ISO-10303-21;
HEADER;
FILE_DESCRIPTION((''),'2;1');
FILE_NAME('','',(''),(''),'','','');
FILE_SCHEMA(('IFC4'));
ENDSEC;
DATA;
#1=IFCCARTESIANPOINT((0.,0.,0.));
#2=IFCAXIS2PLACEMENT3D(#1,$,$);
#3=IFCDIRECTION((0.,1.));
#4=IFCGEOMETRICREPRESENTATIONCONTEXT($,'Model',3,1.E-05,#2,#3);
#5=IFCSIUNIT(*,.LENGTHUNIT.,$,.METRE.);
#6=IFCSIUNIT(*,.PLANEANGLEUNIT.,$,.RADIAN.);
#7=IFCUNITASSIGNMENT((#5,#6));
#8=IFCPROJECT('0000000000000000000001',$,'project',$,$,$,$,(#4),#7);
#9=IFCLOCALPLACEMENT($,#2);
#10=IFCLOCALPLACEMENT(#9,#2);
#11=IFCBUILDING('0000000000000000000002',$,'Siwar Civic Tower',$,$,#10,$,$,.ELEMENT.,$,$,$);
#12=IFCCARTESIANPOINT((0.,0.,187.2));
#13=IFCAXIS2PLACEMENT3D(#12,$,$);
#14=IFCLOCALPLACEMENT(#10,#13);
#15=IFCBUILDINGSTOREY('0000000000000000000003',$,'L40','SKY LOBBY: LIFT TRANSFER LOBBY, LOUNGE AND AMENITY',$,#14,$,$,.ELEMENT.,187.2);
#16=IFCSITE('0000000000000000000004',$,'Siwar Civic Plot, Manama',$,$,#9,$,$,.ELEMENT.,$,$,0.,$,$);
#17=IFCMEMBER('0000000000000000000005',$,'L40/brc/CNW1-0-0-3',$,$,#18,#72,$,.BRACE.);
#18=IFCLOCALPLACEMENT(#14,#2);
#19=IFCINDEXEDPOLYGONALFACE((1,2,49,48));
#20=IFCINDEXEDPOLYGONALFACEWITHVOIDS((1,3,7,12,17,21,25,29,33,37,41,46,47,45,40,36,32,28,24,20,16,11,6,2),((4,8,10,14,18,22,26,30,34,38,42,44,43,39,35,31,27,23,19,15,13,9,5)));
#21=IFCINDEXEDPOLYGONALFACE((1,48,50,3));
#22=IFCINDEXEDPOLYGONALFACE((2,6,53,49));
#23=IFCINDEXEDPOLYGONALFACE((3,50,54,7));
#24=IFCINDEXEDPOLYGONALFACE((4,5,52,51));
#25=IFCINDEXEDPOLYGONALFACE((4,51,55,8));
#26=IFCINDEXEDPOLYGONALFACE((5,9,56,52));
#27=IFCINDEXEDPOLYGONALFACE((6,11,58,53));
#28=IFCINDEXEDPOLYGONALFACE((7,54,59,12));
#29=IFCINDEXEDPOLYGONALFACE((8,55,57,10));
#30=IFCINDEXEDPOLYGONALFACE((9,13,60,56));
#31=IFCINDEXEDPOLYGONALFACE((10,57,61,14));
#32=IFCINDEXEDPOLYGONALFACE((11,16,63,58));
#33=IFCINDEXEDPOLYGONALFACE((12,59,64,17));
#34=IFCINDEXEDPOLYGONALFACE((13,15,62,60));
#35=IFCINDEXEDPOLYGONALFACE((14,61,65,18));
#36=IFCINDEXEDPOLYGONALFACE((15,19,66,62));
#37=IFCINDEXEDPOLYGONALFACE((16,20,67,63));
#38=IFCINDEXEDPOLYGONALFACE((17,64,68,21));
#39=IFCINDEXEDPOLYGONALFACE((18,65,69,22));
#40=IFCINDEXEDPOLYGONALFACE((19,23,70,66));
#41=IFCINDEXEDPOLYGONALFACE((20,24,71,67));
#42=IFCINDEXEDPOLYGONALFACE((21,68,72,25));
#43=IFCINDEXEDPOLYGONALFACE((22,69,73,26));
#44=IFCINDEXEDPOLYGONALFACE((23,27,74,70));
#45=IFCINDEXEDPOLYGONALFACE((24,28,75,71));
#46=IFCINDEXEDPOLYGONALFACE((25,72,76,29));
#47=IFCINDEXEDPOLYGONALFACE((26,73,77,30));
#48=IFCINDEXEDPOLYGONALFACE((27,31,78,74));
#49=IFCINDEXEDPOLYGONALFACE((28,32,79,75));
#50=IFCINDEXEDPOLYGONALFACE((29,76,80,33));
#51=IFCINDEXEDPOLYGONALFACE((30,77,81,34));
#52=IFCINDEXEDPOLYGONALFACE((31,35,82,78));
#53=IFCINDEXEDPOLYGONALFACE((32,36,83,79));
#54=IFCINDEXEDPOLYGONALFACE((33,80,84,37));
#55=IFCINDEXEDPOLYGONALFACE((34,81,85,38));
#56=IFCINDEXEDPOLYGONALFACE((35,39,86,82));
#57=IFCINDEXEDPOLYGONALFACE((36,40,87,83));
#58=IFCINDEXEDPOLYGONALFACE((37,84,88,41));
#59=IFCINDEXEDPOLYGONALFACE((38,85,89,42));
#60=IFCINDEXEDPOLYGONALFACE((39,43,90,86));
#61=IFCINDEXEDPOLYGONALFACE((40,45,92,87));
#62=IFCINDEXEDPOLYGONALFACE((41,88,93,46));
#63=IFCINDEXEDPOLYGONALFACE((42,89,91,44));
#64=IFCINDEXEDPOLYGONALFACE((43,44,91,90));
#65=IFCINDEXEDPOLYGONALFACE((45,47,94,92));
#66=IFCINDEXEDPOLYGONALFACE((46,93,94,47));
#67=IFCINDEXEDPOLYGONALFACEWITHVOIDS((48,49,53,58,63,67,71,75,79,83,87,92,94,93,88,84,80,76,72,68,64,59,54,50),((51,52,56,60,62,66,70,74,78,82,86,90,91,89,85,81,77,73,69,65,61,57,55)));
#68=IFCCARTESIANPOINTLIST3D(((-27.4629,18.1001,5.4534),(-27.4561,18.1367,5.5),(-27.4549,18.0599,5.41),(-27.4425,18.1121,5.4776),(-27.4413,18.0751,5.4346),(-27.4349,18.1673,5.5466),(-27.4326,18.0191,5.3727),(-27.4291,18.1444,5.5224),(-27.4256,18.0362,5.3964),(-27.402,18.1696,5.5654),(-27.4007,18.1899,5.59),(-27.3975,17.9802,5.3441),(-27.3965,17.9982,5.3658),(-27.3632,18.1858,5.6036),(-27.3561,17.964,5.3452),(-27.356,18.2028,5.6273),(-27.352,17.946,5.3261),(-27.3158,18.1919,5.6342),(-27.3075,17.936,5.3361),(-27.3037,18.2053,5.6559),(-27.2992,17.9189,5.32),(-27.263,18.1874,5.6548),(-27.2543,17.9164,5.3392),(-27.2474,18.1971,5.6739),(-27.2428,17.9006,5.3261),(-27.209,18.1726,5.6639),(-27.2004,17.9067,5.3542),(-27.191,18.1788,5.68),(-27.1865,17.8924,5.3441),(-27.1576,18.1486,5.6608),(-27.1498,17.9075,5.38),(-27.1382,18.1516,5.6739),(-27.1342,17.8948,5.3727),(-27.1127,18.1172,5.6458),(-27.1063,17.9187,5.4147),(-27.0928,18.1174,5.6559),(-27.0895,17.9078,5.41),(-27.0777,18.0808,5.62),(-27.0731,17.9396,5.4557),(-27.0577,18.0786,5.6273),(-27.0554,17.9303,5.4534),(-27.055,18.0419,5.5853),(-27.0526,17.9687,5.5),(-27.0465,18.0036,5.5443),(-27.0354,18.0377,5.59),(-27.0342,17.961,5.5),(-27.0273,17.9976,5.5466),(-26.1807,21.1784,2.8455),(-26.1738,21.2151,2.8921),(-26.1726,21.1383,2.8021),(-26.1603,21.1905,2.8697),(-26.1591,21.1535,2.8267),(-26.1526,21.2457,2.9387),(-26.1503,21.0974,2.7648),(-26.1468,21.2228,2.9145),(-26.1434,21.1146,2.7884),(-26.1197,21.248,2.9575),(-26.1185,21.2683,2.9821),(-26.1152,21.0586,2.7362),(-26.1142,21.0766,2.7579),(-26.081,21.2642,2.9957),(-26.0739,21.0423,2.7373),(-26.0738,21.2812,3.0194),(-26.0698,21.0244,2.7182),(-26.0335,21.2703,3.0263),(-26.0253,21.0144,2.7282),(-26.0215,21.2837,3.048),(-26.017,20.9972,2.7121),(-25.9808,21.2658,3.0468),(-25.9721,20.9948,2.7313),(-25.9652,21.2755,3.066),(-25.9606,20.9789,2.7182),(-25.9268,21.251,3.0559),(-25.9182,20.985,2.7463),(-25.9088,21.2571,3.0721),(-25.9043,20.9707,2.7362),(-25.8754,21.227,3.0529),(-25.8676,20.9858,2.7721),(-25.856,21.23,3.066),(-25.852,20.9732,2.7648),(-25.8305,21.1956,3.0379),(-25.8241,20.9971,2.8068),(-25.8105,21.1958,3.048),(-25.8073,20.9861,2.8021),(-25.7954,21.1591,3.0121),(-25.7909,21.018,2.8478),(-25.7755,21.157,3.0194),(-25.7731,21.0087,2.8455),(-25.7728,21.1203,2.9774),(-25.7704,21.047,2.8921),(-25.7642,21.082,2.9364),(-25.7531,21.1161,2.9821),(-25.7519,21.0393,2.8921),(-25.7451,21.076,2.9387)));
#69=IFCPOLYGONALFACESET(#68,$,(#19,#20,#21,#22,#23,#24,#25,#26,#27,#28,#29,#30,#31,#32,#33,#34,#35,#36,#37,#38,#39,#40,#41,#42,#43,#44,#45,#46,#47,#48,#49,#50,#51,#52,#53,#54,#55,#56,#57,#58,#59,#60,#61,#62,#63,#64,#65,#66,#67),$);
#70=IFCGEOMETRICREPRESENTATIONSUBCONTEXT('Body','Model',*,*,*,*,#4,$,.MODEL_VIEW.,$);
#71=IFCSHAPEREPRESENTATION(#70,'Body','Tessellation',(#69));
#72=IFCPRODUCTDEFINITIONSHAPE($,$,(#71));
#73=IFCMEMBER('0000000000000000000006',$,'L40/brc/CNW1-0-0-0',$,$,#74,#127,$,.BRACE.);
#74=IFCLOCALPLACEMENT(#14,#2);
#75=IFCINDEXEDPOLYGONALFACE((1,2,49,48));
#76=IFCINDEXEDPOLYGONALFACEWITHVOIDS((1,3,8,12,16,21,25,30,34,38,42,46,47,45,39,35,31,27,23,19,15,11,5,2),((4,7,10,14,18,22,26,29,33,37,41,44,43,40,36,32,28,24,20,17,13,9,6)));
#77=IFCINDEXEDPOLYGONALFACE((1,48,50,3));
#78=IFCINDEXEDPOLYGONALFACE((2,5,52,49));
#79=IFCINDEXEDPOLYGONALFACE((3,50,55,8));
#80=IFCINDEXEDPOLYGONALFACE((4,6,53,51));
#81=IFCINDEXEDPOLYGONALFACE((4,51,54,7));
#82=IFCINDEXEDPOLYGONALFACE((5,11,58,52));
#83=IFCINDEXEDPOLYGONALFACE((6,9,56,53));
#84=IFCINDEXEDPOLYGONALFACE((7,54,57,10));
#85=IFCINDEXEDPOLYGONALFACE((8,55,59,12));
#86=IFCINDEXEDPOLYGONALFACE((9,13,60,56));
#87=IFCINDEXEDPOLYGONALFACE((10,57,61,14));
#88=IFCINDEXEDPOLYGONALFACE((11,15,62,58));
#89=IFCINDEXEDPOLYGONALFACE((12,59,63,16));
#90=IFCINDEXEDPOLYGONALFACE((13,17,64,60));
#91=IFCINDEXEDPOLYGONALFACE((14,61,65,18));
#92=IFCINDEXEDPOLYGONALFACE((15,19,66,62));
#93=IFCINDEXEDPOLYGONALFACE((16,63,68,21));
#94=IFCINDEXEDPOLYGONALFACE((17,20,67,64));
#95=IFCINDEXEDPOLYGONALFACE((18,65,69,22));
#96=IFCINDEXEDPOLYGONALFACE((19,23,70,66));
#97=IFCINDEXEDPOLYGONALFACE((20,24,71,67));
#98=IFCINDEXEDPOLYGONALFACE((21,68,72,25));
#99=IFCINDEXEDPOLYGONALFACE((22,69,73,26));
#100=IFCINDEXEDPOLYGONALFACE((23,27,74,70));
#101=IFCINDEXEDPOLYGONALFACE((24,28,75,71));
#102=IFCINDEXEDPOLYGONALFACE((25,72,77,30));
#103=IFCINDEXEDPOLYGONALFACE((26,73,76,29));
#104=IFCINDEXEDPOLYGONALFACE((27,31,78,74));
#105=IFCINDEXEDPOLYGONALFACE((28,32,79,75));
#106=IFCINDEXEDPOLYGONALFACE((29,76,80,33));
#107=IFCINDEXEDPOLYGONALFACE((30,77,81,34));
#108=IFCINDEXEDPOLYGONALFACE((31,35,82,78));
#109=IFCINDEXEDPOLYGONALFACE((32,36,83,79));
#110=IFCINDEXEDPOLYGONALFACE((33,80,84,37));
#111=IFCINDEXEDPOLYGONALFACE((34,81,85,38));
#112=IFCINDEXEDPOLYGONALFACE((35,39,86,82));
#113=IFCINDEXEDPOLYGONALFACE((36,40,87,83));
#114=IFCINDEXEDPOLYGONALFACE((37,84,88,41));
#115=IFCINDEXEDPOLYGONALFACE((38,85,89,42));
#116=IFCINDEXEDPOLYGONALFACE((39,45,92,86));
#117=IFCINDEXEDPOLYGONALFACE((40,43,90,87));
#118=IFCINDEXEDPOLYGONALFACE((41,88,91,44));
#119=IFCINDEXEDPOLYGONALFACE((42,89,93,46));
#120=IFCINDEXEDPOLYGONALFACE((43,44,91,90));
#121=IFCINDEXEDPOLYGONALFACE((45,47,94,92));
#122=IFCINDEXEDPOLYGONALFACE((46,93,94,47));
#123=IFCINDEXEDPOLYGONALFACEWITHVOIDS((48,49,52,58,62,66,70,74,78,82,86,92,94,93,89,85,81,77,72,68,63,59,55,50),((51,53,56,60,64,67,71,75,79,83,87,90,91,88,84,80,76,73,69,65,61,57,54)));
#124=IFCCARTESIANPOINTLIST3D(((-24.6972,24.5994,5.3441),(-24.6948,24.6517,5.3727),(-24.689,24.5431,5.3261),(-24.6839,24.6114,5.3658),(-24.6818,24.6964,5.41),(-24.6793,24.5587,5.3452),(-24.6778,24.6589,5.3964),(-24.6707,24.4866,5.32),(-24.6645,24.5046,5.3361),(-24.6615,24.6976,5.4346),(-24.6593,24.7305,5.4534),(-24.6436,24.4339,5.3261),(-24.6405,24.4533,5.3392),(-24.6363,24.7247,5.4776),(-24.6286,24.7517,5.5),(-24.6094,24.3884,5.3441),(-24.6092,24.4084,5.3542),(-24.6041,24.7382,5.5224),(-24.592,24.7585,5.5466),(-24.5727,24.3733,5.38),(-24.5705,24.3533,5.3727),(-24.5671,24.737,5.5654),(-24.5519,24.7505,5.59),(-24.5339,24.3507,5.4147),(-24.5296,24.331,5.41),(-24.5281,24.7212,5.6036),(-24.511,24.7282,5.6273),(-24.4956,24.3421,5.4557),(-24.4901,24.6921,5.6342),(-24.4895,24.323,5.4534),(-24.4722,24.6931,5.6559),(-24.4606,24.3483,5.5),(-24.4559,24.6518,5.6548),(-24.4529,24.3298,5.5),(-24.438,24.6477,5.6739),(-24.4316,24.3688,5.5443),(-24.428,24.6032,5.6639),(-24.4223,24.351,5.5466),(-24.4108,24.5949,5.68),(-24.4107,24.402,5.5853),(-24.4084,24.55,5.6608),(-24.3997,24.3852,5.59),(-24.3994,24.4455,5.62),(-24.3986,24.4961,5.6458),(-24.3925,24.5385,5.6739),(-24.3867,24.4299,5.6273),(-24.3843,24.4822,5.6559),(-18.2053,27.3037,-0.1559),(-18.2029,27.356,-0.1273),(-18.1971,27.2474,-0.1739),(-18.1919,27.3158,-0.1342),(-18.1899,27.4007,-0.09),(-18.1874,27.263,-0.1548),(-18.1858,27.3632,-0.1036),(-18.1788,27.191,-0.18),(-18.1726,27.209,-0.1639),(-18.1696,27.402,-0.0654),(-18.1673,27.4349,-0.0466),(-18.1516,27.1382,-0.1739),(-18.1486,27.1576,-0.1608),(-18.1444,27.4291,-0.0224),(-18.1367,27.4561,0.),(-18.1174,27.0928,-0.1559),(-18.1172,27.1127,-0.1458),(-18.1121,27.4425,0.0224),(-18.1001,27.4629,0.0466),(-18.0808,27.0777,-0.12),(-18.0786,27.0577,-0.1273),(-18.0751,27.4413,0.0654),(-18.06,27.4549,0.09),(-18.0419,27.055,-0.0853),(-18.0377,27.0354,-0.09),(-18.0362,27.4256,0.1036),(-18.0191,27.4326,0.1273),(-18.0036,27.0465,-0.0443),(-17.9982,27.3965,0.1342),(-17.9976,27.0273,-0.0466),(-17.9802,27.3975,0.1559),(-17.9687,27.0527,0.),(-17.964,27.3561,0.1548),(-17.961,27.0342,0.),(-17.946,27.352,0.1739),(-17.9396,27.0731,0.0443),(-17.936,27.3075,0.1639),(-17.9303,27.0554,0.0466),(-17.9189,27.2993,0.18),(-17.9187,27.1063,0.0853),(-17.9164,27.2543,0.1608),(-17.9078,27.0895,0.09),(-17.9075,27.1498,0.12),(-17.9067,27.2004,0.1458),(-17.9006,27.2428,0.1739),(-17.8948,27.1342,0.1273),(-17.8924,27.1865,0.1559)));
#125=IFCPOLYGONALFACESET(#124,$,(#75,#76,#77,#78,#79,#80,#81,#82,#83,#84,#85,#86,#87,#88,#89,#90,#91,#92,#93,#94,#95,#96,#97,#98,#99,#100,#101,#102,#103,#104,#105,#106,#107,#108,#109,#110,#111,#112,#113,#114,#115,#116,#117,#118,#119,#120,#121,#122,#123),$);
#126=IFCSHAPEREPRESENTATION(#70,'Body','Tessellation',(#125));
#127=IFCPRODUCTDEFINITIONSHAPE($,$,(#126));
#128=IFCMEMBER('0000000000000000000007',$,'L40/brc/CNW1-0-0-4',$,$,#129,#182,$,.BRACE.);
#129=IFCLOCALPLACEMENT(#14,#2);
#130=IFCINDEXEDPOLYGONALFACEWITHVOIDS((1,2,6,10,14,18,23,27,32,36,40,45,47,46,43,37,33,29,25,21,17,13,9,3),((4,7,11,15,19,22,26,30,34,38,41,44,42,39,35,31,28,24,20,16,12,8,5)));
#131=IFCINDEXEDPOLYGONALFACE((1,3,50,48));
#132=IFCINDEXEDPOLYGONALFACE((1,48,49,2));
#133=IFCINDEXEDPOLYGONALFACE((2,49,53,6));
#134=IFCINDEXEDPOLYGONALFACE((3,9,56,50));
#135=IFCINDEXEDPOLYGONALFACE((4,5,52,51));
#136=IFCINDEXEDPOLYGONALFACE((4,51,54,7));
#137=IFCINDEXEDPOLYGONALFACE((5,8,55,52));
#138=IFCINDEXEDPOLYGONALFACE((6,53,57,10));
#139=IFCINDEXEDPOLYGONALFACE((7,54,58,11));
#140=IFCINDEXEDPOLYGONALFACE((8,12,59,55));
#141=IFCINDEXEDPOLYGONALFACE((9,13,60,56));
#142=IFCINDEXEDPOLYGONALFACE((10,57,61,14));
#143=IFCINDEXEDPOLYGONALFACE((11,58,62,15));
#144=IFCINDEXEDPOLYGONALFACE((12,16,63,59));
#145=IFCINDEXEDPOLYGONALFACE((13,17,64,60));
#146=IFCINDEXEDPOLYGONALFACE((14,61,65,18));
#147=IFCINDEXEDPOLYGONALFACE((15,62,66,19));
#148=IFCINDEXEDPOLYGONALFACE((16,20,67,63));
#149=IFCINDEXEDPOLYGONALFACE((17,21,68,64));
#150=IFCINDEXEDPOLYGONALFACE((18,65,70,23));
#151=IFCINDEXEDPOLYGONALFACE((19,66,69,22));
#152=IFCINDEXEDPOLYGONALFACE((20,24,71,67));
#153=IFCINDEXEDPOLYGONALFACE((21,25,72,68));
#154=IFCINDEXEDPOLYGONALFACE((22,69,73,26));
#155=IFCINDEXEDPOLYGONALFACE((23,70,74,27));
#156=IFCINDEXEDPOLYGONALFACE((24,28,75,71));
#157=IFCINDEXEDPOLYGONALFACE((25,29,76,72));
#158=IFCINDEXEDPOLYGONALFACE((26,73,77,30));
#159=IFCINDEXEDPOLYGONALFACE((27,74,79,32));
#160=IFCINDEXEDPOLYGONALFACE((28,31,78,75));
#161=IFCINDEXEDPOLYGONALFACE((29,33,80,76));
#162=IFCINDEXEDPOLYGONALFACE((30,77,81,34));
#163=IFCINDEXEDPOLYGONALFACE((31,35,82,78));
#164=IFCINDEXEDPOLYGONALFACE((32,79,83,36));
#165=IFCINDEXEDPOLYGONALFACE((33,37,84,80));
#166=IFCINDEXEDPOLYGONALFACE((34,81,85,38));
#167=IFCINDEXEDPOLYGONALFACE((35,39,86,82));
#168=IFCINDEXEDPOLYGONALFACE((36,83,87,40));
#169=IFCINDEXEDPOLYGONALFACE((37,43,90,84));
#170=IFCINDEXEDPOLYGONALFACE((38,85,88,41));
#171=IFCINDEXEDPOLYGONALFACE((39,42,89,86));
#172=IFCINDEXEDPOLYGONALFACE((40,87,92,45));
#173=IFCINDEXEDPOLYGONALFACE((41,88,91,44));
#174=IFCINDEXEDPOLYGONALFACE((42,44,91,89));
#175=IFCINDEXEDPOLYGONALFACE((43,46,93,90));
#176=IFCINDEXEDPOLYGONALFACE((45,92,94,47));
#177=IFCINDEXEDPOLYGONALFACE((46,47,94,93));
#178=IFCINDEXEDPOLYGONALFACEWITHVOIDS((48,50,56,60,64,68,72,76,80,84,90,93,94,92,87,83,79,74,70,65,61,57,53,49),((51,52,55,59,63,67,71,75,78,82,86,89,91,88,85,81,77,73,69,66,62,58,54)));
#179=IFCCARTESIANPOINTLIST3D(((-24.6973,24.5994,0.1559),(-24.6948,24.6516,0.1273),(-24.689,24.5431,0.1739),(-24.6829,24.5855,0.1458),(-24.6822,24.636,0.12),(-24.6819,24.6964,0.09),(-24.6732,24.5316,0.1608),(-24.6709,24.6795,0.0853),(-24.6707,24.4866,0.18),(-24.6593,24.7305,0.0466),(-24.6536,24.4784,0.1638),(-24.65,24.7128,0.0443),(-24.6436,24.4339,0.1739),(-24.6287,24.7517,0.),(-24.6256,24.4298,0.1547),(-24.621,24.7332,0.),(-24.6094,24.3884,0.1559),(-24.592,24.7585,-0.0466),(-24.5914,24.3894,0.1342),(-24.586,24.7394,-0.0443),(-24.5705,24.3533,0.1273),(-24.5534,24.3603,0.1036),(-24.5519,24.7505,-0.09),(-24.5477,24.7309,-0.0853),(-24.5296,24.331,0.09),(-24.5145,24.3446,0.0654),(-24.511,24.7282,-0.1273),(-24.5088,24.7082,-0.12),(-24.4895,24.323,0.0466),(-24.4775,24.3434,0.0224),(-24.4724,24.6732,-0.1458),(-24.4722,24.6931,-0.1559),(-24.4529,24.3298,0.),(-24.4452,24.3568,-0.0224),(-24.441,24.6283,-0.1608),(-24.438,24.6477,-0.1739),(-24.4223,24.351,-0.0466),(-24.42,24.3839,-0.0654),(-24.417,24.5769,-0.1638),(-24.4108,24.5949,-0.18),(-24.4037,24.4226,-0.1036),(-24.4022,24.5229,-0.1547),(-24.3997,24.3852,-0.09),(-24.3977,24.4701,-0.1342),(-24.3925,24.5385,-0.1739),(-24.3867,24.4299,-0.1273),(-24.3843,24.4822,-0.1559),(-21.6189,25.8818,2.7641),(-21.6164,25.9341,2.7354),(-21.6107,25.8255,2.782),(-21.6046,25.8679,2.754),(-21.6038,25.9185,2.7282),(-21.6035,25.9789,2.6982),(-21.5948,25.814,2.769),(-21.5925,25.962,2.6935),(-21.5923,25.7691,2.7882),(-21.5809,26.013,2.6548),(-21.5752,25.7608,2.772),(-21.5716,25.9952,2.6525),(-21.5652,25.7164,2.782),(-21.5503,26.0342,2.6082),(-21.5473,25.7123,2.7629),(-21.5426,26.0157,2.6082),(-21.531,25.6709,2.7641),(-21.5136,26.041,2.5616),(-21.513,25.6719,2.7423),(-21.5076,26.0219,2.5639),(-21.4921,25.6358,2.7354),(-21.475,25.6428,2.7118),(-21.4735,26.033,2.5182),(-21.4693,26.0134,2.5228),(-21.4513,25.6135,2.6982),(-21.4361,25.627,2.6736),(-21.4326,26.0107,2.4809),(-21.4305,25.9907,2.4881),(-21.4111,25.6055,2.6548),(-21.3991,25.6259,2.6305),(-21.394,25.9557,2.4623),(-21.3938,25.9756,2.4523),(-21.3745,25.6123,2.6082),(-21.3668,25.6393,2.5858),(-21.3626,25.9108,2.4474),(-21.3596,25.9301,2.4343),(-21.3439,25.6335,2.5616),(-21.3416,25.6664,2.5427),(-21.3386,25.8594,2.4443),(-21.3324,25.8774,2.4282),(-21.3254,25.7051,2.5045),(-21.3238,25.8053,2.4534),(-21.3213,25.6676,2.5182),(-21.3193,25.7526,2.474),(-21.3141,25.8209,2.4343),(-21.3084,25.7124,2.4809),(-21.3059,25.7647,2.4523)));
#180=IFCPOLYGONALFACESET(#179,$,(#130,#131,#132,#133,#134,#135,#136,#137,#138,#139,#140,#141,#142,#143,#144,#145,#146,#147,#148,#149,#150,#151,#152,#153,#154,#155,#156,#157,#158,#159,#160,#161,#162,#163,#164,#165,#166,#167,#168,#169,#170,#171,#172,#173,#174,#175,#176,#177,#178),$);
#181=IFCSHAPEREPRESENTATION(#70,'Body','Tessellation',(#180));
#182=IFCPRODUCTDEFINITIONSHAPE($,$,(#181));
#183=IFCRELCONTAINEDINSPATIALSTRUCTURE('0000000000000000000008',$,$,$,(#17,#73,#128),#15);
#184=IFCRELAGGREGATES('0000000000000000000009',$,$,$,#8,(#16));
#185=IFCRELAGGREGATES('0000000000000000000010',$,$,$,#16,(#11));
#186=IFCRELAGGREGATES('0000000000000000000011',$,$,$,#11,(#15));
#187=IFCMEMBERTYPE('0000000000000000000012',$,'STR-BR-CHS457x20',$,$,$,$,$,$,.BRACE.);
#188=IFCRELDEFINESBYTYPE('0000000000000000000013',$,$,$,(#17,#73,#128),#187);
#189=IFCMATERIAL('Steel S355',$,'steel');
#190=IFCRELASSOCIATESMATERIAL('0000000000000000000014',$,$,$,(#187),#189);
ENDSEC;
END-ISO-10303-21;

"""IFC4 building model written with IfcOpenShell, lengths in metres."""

from ifc_helpers import new_model, si_unit, direction, frame, origin, origin_2d, place, context, subcontext, project, spatial, hollow_circle, extrude, material, material_profile, profile_set, type_object, element, save


model = new_model("IFC4")

# Units and contexts
model_context = context("Model", 3, precision=1e-05, world=origin(), true_north=direction((0.0, 1.0)))
body_context = subcontext(model_context, "Body", "Model", "MODEL_VIEW")
ifc_project = project(units=[si_unit("LENGTHUNIT", "METRE"), si_unit("PLANEANGLEUNIT", "RADIAN")], contexts=[model_context])

# Site, building, storey
site_placement = place(None, origin())
site = spatial("IfcSite", under=ifc_project, at=site_placement, Name="Siwar Civic Plot, Manama", CompositionType="ELEMENT", RefElevation=0.0)
building_placement = place(site_placement, origin())
building = spatial("IfcBuilding", under=site, at=building_placement, Name="Siwar Civic Tower", CompositionType="ELEMENT")
storey_placement = place(building_placement, frame((0.0, 0.0, 187.2)))
storey = spatial("IfcBuildingStorey", under=building, at=storey_placement, Name="L40", Description="SKY LOBBY: LIFT TRANSFER LOBBY, LOUNGE AND AMENITY", CompositionType="ELEMENT", Elevation=187.2)

# Members
ifc_material_1 = material(Name="Steel S355", Category="steel")
ifc_material_profile_1 = material_profile(ifc_material_1, hollow_circle(Radius=0.2285, WallThickness=0.02, at=origin_2d()), Name="CHS457x20")
ifc_profile_set_1 = profile_set([ifc_material_profile_1], Name="Steel S355")
member_type_1 = type_object("IfcMemberType", Name="STR-BR-CHS457x20", PredefinedType="BRACE", material=ifc_profile_set_1)
member_1_placement = place(storey_placement, frame((-25.9629, 21.1272, 2.8921), z_axis=(-0.302884, -0.727163, 0.616032), x_axis=(0.923122, -0.384506, 0.0)))
element("IfcMember", 1, at=member_1_placement, inside=storey, type_object=member_type_1, Name="L40/brc/CNW1-0-0-3", PredefinedType="BRACE", context=body_context, shape_type="SweptSolid", body=[
    extrude(hollow_circle(Radius=0.2285, WallThickness=0.02, at=origin_2d()), origin(), (0.0, 0.0, 1.0), 4.2334),
])
member_2_placement = place(storey_placement, frame((-18.0488, 27.2451, 0.0), z_axis=(-0.727146, -0.302907, 0.616041), x_axis=(0.384539, -0.923109, 0.0)))
element("IfcMember", 2, at=member_2_placement, inside=storey, type_object=member_type_1, Name="L40/brc/CNW1-0-0-0", PredefinedType="BRACE", context=body_context, shape_type="SweptSolid", body=[
    extrude(hollow_circle(Radius=0.2285, WallThickness=0.02, at=origin_2d()), origin(), (0.0, 0.0, 1.0), 8.928),
])
member_3_placement = place(storey_placement, frame((-24.5408, 24.5408, 0.0), z_axis=(0.727124, 0.302925, 0.616057), x_axis=(-0.384569, 0.923096, 0.0)))
element("IfcMember", 3, at=member_3_placement, inside=storey, type_object=member_type_1, Name="L40/brc/CNW1-0-0-4", PredefinedType="BRACE", context=body_context, shape_type="SweptSolid", body=[
    extrude(hollow_circle(Radius=0.2285, WallThickness=0.02, at=origin_2d()), origin(), (0.0, 0.0, 1.0), 4.2336),
])

save(model, "model.ifc")
